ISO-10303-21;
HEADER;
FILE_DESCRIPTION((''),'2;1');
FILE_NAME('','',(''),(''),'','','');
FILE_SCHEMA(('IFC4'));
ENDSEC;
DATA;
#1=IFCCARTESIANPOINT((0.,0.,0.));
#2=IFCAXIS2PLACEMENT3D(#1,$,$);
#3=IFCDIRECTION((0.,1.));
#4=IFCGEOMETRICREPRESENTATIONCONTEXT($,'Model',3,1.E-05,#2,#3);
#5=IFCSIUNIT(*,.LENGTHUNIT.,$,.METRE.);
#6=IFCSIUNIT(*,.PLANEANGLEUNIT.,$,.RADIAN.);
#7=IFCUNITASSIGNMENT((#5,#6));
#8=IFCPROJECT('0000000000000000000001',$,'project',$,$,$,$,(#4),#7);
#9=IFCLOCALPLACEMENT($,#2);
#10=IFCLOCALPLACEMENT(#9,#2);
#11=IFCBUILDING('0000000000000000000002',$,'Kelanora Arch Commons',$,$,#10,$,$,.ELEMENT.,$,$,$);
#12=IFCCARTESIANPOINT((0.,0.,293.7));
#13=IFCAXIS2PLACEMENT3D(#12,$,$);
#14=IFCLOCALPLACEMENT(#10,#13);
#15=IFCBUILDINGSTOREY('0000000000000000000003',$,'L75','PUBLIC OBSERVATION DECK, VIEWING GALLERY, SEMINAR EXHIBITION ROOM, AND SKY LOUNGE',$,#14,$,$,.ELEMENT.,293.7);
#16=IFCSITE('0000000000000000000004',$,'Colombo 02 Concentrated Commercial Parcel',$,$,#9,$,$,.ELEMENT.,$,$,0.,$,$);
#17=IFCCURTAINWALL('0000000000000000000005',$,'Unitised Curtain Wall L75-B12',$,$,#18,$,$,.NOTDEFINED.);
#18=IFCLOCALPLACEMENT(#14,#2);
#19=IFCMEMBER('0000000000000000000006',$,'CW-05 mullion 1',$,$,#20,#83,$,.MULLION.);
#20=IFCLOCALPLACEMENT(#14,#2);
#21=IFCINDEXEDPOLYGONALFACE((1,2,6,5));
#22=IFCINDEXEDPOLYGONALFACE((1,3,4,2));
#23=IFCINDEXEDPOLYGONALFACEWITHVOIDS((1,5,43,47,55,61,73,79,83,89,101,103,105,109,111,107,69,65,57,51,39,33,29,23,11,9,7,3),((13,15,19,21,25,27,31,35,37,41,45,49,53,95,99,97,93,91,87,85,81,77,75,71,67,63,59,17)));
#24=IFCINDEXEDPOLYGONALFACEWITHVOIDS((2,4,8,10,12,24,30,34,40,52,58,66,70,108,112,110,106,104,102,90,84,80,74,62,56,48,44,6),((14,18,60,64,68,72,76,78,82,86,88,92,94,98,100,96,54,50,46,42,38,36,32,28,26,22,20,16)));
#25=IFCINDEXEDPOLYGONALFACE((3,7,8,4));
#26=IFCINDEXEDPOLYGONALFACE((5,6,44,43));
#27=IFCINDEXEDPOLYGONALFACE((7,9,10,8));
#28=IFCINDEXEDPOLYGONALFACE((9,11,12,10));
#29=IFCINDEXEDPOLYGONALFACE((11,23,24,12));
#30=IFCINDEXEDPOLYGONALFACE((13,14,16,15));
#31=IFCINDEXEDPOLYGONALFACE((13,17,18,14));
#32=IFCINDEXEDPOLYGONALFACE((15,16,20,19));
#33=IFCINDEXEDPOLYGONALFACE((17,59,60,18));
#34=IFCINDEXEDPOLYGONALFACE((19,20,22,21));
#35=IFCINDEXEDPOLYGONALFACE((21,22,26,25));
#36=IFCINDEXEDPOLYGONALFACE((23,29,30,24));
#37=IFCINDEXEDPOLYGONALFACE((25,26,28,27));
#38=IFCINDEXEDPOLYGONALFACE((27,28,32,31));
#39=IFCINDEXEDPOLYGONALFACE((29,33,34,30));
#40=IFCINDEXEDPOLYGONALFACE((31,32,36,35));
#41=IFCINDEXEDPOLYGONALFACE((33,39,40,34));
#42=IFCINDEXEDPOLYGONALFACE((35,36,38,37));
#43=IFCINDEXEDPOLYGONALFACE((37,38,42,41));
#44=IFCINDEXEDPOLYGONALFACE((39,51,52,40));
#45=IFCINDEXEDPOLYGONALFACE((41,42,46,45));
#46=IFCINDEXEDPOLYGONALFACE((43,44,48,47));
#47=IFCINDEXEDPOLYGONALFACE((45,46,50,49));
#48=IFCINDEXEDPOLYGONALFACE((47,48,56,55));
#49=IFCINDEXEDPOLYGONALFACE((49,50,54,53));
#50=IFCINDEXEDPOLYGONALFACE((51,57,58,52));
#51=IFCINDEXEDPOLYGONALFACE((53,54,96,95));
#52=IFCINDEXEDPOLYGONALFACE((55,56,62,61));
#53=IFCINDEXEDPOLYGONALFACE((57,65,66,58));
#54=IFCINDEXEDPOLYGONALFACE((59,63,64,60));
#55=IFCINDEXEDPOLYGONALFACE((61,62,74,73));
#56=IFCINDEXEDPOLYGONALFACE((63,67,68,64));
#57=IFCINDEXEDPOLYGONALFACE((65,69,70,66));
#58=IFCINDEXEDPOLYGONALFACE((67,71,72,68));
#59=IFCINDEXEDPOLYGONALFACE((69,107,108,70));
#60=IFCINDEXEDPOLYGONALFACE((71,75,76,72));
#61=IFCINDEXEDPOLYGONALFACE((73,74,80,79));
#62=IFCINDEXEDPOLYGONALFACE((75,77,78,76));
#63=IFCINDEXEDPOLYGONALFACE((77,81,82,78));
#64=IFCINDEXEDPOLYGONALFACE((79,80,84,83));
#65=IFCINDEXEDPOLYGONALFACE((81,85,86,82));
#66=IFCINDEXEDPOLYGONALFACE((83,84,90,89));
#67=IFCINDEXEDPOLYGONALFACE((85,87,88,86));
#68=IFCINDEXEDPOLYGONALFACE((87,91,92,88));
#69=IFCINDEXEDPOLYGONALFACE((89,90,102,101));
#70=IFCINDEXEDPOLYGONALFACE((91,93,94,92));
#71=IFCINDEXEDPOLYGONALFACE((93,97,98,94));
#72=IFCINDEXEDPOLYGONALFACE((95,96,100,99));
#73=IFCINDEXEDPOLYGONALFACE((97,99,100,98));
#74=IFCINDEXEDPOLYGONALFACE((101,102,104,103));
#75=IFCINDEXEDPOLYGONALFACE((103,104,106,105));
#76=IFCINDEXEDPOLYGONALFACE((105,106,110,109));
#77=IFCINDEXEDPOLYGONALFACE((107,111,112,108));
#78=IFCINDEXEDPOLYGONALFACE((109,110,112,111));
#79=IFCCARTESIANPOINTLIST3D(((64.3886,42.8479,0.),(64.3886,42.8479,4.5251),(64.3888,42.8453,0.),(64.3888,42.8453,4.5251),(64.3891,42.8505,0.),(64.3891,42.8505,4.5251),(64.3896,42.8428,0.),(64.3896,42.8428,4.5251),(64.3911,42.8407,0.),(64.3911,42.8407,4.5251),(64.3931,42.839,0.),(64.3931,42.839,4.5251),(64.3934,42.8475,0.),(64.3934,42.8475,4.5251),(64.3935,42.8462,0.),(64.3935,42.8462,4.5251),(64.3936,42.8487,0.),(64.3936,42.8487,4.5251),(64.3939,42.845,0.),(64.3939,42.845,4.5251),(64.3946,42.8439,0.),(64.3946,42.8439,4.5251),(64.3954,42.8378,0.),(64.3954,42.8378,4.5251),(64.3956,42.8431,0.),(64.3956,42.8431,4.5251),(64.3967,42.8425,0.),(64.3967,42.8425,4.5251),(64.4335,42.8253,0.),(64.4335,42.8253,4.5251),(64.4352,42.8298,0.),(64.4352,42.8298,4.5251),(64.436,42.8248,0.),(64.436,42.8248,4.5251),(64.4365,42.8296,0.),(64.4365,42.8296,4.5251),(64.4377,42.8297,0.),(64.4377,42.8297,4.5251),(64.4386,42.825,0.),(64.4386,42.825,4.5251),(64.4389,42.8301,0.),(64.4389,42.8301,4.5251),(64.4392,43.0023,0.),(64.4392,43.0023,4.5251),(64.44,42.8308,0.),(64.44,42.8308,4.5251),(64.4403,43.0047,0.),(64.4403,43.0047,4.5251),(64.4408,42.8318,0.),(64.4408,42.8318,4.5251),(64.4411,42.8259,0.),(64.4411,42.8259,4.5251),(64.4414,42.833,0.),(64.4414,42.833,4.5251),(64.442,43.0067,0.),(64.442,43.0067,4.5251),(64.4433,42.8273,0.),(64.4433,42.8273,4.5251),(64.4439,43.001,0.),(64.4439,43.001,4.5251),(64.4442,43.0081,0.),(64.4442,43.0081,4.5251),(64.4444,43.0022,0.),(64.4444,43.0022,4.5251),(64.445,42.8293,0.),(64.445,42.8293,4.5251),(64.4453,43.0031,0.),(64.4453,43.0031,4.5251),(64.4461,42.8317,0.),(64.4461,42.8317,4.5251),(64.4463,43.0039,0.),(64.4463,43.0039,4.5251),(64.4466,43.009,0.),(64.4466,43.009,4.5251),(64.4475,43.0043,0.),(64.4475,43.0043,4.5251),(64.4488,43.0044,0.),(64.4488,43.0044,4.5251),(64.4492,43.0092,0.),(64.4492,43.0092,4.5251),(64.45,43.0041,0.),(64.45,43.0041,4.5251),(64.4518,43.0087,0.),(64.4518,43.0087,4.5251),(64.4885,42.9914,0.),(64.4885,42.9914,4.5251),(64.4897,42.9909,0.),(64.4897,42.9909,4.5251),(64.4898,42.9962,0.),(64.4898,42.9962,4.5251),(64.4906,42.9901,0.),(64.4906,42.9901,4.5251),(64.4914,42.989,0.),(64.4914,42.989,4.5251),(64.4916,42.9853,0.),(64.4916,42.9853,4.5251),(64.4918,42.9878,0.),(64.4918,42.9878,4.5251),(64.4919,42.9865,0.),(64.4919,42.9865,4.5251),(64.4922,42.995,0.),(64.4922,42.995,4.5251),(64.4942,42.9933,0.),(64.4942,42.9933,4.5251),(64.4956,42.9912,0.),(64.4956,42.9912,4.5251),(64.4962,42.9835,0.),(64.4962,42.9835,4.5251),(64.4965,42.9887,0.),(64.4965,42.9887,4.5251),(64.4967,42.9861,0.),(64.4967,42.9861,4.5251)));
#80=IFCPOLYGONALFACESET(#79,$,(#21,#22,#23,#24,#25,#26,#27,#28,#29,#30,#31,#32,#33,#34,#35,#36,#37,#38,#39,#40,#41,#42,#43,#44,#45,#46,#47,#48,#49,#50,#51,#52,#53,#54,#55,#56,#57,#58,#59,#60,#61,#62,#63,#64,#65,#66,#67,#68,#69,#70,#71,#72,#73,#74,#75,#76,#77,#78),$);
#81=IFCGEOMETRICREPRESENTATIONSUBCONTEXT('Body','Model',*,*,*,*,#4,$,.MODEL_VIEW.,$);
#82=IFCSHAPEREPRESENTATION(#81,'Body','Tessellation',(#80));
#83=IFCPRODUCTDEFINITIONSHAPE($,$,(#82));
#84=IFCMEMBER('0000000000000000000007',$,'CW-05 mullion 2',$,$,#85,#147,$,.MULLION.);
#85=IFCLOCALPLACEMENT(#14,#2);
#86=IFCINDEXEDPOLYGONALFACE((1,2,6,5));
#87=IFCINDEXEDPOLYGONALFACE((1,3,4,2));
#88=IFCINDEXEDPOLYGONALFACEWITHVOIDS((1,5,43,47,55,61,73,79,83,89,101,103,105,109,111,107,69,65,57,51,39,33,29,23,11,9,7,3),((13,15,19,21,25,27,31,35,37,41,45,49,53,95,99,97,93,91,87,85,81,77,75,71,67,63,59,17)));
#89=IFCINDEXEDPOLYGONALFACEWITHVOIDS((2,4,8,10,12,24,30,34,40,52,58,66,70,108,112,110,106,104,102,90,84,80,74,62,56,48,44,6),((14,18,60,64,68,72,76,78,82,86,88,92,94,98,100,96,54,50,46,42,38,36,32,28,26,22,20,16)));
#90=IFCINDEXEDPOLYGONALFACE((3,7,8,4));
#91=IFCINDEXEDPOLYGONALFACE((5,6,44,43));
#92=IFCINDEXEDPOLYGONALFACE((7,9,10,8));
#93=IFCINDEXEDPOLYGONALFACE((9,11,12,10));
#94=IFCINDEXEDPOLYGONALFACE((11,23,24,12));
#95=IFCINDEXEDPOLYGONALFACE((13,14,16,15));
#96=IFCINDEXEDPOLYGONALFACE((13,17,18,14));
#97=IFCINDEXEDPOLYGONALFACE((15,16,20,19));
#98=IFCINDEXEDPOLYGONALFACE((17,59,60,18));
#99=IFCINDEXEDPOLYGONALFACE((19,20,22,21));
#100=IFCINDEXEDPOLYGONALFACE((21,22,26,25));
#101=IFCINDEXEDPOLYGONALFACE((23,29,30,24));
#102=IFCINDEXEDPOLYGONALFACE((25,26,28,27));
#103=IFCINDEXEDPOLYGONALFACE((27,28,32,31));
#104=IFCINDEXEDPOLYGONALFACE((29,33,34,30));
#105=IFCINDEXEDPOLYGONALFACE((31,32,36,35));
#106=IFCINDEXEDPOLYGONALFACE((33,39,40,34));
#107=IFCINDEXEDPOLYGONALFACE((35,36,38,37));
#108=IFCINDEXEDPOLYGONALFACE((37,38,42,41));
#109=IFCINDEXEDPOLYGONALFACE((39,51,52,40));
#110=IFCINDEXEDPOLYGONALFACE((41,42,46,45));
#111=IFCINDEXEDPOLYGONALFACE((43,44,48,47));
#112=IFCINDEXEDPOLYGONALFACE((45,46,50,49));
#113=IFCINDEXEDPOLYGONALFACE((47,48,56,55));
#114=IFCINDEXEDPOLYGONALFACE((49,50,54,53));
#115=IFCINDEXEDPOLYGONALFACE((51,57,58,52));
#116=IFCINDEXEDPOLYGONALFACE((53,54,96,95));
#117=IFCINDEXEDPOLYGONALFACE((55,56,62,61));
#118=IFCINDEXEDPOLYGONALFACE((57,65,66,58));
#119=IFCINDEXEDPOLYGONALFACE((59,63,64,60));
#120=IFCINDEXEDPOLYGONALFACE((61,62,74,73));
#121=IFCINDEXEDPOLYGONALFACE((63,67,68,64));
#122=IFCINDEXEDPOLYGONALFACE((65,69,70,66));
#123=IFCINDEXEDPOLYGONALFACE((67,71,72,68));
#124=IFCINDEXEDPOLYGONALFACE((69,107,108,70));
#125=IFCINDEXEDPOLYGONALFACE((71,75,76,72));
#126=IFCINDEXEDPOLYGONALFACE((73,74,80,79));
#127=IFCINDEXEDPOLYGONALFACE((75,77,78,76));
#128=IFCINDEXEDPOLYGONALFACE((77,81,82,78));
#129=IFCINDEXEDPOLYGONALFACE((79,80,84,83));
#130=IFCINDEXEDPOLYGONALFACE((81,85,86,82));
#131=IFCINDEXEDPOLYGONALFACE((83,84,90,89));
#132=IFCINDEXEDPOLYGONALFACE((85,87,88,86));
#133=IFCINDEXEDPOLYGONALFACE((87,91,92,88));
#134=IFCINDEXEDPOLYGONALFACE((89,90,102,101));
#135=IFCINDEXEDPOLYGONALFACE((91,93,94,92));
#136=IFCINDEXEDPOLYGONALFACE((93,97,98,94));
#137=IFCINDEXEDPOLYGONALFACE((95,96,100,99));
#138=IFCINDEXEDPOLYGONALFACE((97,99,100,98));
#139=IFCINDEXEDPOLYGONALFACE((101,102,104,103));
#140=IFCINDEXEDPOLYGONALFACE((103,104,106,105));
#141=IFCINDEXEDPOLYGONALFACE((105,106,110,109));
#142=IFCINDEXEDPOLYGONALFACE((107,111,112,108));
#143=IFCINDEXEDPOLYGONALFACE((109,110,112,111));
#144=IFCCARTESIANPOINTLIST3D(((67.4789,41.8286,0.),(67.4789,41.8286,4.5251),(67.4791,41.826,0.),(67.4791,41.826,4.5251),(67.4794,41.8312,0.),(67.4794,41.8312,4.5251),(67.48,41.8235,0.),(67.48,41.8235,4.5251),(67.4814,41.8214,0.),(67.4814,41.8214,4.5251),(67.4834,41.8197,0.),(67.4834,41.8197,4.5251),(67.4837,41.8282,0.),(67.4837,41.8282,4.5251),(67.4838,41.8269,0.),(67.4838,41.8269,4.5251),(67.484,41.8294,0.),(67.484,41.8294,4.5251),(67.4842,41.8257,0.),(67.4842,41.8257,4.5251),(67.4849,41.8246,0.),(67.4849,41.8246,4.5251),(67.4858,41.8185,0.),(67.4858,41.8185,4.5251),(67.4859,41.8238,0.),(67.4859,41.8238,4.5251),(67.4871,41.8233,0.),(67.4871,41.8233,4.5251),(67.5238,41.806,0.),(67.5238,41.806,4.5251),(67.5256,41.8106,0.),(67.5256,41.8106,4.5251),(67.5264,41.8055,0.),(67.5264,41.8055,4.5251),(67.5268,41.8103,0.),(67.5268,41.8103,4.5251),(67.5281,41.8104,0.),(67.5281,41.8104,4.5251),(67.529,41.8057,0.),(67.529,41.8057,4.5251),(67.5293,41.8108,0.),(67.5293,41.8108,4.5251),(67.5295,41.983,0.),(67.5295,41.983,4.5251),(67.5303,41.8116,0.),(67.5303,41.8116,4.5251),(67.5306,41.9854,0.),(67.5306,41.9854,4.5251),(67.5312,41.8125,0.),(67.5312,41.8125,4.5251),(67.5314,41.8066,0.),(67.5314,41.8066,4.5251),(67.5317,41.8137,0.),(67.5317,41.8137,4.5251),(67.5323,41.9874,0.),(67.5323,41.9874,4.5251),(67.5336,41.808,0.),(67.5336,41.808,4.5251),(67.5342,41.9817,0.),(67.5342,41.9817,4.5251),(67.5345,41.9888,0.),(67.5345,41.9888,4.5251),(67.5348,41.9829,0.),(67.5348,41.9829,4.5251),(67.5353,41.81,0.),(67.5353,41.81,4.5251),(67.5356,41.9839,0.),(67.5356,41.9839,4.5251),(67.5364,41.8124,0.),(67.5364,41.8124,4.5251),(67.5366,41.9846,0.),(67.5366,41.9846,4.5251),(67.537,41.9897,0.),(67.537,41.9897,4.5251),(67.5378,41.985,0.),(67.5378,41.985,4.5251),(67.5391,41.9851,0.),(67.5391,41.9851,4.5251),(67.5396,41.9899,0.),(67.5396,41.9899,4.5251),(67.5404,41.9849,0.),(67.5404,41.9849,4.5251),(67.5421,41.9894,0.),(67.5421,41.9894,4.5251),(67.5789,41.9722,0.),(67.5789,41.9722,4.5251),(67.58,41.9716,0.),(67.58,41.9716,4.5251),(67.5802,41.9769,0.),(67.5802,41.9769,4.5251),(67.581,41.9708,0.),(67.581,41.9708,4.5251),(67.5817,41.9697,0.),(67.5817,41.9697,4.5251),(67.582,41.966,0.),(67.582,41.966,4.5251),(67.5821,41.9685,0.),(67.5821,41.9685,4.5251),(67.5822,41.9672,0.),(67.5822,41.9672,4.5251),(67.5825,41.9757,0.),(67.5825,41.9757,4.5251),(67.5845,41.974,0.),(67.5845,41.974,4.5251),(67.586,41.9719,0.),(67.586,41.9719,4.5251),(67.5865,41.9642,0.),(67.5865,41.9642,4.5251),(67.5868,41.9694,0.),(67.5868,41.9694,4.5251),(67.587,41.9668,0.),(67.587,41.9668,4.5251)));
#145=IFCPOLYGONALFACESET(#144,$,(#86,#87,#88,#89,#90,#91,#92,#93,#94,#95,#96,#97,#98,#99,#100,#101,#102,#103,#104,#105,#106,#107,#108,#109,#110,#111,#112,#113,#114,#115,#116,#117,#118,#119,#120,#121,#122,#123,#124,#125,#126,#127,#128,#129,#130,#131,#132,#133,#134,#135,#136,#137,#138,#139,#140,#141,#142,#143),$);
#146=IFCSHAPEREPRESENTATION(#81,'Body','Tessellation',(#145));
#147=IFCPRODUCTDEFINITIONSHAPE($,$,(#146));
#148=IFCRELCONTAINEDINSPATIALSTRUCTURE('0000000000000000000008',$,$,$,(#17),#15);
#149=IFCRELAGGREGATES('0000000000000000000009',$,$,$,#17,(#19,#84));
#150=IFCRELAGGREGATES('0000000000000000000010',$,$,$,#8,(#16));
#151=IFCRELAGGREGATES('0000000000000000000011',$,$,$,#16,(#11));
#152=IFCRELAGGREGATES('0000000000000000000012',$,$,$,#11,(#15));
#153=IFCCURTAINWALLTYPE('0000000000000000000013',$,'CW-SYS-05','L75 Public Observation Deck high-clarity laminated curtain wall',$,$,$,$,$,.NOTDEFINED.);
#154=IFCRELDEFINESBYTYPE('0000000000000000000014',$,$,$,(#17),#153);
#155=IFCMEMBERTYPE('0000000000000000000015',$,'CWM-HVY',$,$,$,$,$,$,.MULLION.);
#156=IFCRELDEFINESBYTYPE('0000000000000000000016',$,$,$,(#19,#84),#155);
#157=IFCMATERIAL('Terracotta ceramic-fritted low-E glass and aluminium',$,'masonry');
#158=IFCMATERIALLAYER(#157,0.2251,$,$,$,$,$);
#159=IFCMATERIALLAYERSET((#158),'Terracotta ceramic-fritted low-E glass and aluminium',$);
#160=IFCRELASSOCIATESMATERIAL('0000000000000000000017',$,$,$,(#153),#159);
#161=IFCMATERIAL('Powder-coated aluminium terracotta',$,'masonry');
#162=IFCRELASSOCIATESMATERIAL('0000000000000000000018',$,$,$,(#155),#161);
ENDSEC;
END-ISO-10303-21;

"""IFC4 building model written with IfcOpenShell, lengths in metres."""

from ifc_helpers import new_model, si_unit, direction, frame, origin, origin_2d, place, context, subcontext, project, spatial, hollow_rectangle, extrude, material, layer, layer_set, material_profile, profile_set, type_object, element, aggregate, save


model = new_model("IFC4")

# Units and contexts
model_context = context("Model", 3, precision=1e-05, world=origin(), true_north=direction((0.0, 1.0)))
body_context = subcontext(model_context, "Body", "Model", "MODEL_VIEW")
ifc_project = project(units=[si_unit("LENGTHUNIT", "METRE"), si_unit("PLANEANGLEUNIT", "RADIAN")], contexts=[model_context])

# Site, building, storey
site_placement = place(None, origin())
site = spatial("IfcSite", under=ifc_project, at=site_placement, Name="Colombo 02 Concentrated Commercial Parcel", CompositionType="ELEMENT", RefElevation=0.0)
building_placement = place(site_placement, origin())
building = spatial("IfcBuilding", under=site, at=building_placement, Name="Kelanora Arch Commons", CompositionType="ELEMENT")
storey_placement = place(building_placement, frame((0.0, 0.0, 293.7)))
storey = spatial("IfcBuildingStorey", under=building, at=storey_placement, Name="L75", Description="PUBLIC OBSERVATION DECK, VIEWING GALLERY, SEMINAR EXHIBITION ROOM, AND SKY LOUNGE", CompositionType="ELEMENT", Elevation=293.7)

# Curtain wall, members
ifc_material_1 = material(Name="Terracotta ceramic-fritted low-E glass and aluminium", Category="masonry")
ifc_layer_1 = layer(ifc_material_1, 0.2251)
ifc_layer_set_1 = layer_set([ifc_layer_1], Name="Terracotta ceramic-fritted low-E glass and aluminium")
curtain_wall_type = type_object("IfcCurtainWallType", Name="CW-SYS-05", Description="L75 Public Observation Deck high-clarity laminated curtain wall", PredefinedType="NOTDEFINED", material=ifc_layer_set_1)
curtain_wall_1_placement = place(storey_placement, origin())
curtain_wall_1 = element("IfcCurtainWall", 1, at=curtain_wall_1_placement, inside=storey, type_object=curtain_wall_type, Name="Unitised Curtain Wall L75-B12", PredefinedType="NOTDEFINED")
ifc_material_2 = material(Name="Powder-coated aluminium terracotta", Category="masonry")
ifc_material_profile_1 = material_profile(ifc_material_2, hollow_rectangle(XDim=0.1799, YDim=0.0601, WallThickness=0.0049, InnerFilletRadius=0.0049, OuterFilletRadius=0.01, at=origin_2d()), Name="CWM180x60")
ifc_profile_set_1 = profile_set([ifc_material_profile_1], Name="Powder-coated aluminium terracotta")
member_type_1 = type_object("IfcMemberType", Name="CWM-HVY", PredefinedType="MULLION", material=ifc_profile_set_1)
member_1_placement = place(storey_placement, frame((64.4426, 42.917, 0.0), z_axis=(0.0, 0.0, 1.0), x_axis=(0.313253, 0.94967, 0.0)))
member_1 = element("IfcMember", 2, at=member_1_placement, type_object=member_type_1, Name="CW-05 mullion 1", PredefinedType="MULLION", context=body_context, shape_type="SweptSolid", body=[
    extrude(hollow_rectangle(XDim=0.1799, YDim=0.0601, WallThickness=0.0049, InnerFilletRadius=0.0049, OuterFilletRadius=0.01, at=origin_2d()), origin(), (0.0, 0.0, 1.0), 4.5251),
])
member_2_placement = place(storey_placement, frame((67.533, 41.8977, 0.0), z_axis=(0.0, 0.0, 1.0), x_axis=(0.313253, 0.94967, 0.0)))
member_2 = element("IfcMember", 3, at=member_2_placement, type_object=member_type_1, Name="CW-05 mullion 2", PredefinedType="MULLION", context=body_context, shape_type="SweptSolid", body=[
    extrude(hollow_rectangle(XDim=0.1799, YDim=0.0601, WallThickness=0.0049, InnerFilletRadius=0.0049, OuterFilletRadius=0.01, at=origin_2d()), origin(), (0.0, 0.0, 1.0), 4.5251),
])

aggregate(curtain_wall_1, [member_1, member_2])

save(model, "model.ifc")
